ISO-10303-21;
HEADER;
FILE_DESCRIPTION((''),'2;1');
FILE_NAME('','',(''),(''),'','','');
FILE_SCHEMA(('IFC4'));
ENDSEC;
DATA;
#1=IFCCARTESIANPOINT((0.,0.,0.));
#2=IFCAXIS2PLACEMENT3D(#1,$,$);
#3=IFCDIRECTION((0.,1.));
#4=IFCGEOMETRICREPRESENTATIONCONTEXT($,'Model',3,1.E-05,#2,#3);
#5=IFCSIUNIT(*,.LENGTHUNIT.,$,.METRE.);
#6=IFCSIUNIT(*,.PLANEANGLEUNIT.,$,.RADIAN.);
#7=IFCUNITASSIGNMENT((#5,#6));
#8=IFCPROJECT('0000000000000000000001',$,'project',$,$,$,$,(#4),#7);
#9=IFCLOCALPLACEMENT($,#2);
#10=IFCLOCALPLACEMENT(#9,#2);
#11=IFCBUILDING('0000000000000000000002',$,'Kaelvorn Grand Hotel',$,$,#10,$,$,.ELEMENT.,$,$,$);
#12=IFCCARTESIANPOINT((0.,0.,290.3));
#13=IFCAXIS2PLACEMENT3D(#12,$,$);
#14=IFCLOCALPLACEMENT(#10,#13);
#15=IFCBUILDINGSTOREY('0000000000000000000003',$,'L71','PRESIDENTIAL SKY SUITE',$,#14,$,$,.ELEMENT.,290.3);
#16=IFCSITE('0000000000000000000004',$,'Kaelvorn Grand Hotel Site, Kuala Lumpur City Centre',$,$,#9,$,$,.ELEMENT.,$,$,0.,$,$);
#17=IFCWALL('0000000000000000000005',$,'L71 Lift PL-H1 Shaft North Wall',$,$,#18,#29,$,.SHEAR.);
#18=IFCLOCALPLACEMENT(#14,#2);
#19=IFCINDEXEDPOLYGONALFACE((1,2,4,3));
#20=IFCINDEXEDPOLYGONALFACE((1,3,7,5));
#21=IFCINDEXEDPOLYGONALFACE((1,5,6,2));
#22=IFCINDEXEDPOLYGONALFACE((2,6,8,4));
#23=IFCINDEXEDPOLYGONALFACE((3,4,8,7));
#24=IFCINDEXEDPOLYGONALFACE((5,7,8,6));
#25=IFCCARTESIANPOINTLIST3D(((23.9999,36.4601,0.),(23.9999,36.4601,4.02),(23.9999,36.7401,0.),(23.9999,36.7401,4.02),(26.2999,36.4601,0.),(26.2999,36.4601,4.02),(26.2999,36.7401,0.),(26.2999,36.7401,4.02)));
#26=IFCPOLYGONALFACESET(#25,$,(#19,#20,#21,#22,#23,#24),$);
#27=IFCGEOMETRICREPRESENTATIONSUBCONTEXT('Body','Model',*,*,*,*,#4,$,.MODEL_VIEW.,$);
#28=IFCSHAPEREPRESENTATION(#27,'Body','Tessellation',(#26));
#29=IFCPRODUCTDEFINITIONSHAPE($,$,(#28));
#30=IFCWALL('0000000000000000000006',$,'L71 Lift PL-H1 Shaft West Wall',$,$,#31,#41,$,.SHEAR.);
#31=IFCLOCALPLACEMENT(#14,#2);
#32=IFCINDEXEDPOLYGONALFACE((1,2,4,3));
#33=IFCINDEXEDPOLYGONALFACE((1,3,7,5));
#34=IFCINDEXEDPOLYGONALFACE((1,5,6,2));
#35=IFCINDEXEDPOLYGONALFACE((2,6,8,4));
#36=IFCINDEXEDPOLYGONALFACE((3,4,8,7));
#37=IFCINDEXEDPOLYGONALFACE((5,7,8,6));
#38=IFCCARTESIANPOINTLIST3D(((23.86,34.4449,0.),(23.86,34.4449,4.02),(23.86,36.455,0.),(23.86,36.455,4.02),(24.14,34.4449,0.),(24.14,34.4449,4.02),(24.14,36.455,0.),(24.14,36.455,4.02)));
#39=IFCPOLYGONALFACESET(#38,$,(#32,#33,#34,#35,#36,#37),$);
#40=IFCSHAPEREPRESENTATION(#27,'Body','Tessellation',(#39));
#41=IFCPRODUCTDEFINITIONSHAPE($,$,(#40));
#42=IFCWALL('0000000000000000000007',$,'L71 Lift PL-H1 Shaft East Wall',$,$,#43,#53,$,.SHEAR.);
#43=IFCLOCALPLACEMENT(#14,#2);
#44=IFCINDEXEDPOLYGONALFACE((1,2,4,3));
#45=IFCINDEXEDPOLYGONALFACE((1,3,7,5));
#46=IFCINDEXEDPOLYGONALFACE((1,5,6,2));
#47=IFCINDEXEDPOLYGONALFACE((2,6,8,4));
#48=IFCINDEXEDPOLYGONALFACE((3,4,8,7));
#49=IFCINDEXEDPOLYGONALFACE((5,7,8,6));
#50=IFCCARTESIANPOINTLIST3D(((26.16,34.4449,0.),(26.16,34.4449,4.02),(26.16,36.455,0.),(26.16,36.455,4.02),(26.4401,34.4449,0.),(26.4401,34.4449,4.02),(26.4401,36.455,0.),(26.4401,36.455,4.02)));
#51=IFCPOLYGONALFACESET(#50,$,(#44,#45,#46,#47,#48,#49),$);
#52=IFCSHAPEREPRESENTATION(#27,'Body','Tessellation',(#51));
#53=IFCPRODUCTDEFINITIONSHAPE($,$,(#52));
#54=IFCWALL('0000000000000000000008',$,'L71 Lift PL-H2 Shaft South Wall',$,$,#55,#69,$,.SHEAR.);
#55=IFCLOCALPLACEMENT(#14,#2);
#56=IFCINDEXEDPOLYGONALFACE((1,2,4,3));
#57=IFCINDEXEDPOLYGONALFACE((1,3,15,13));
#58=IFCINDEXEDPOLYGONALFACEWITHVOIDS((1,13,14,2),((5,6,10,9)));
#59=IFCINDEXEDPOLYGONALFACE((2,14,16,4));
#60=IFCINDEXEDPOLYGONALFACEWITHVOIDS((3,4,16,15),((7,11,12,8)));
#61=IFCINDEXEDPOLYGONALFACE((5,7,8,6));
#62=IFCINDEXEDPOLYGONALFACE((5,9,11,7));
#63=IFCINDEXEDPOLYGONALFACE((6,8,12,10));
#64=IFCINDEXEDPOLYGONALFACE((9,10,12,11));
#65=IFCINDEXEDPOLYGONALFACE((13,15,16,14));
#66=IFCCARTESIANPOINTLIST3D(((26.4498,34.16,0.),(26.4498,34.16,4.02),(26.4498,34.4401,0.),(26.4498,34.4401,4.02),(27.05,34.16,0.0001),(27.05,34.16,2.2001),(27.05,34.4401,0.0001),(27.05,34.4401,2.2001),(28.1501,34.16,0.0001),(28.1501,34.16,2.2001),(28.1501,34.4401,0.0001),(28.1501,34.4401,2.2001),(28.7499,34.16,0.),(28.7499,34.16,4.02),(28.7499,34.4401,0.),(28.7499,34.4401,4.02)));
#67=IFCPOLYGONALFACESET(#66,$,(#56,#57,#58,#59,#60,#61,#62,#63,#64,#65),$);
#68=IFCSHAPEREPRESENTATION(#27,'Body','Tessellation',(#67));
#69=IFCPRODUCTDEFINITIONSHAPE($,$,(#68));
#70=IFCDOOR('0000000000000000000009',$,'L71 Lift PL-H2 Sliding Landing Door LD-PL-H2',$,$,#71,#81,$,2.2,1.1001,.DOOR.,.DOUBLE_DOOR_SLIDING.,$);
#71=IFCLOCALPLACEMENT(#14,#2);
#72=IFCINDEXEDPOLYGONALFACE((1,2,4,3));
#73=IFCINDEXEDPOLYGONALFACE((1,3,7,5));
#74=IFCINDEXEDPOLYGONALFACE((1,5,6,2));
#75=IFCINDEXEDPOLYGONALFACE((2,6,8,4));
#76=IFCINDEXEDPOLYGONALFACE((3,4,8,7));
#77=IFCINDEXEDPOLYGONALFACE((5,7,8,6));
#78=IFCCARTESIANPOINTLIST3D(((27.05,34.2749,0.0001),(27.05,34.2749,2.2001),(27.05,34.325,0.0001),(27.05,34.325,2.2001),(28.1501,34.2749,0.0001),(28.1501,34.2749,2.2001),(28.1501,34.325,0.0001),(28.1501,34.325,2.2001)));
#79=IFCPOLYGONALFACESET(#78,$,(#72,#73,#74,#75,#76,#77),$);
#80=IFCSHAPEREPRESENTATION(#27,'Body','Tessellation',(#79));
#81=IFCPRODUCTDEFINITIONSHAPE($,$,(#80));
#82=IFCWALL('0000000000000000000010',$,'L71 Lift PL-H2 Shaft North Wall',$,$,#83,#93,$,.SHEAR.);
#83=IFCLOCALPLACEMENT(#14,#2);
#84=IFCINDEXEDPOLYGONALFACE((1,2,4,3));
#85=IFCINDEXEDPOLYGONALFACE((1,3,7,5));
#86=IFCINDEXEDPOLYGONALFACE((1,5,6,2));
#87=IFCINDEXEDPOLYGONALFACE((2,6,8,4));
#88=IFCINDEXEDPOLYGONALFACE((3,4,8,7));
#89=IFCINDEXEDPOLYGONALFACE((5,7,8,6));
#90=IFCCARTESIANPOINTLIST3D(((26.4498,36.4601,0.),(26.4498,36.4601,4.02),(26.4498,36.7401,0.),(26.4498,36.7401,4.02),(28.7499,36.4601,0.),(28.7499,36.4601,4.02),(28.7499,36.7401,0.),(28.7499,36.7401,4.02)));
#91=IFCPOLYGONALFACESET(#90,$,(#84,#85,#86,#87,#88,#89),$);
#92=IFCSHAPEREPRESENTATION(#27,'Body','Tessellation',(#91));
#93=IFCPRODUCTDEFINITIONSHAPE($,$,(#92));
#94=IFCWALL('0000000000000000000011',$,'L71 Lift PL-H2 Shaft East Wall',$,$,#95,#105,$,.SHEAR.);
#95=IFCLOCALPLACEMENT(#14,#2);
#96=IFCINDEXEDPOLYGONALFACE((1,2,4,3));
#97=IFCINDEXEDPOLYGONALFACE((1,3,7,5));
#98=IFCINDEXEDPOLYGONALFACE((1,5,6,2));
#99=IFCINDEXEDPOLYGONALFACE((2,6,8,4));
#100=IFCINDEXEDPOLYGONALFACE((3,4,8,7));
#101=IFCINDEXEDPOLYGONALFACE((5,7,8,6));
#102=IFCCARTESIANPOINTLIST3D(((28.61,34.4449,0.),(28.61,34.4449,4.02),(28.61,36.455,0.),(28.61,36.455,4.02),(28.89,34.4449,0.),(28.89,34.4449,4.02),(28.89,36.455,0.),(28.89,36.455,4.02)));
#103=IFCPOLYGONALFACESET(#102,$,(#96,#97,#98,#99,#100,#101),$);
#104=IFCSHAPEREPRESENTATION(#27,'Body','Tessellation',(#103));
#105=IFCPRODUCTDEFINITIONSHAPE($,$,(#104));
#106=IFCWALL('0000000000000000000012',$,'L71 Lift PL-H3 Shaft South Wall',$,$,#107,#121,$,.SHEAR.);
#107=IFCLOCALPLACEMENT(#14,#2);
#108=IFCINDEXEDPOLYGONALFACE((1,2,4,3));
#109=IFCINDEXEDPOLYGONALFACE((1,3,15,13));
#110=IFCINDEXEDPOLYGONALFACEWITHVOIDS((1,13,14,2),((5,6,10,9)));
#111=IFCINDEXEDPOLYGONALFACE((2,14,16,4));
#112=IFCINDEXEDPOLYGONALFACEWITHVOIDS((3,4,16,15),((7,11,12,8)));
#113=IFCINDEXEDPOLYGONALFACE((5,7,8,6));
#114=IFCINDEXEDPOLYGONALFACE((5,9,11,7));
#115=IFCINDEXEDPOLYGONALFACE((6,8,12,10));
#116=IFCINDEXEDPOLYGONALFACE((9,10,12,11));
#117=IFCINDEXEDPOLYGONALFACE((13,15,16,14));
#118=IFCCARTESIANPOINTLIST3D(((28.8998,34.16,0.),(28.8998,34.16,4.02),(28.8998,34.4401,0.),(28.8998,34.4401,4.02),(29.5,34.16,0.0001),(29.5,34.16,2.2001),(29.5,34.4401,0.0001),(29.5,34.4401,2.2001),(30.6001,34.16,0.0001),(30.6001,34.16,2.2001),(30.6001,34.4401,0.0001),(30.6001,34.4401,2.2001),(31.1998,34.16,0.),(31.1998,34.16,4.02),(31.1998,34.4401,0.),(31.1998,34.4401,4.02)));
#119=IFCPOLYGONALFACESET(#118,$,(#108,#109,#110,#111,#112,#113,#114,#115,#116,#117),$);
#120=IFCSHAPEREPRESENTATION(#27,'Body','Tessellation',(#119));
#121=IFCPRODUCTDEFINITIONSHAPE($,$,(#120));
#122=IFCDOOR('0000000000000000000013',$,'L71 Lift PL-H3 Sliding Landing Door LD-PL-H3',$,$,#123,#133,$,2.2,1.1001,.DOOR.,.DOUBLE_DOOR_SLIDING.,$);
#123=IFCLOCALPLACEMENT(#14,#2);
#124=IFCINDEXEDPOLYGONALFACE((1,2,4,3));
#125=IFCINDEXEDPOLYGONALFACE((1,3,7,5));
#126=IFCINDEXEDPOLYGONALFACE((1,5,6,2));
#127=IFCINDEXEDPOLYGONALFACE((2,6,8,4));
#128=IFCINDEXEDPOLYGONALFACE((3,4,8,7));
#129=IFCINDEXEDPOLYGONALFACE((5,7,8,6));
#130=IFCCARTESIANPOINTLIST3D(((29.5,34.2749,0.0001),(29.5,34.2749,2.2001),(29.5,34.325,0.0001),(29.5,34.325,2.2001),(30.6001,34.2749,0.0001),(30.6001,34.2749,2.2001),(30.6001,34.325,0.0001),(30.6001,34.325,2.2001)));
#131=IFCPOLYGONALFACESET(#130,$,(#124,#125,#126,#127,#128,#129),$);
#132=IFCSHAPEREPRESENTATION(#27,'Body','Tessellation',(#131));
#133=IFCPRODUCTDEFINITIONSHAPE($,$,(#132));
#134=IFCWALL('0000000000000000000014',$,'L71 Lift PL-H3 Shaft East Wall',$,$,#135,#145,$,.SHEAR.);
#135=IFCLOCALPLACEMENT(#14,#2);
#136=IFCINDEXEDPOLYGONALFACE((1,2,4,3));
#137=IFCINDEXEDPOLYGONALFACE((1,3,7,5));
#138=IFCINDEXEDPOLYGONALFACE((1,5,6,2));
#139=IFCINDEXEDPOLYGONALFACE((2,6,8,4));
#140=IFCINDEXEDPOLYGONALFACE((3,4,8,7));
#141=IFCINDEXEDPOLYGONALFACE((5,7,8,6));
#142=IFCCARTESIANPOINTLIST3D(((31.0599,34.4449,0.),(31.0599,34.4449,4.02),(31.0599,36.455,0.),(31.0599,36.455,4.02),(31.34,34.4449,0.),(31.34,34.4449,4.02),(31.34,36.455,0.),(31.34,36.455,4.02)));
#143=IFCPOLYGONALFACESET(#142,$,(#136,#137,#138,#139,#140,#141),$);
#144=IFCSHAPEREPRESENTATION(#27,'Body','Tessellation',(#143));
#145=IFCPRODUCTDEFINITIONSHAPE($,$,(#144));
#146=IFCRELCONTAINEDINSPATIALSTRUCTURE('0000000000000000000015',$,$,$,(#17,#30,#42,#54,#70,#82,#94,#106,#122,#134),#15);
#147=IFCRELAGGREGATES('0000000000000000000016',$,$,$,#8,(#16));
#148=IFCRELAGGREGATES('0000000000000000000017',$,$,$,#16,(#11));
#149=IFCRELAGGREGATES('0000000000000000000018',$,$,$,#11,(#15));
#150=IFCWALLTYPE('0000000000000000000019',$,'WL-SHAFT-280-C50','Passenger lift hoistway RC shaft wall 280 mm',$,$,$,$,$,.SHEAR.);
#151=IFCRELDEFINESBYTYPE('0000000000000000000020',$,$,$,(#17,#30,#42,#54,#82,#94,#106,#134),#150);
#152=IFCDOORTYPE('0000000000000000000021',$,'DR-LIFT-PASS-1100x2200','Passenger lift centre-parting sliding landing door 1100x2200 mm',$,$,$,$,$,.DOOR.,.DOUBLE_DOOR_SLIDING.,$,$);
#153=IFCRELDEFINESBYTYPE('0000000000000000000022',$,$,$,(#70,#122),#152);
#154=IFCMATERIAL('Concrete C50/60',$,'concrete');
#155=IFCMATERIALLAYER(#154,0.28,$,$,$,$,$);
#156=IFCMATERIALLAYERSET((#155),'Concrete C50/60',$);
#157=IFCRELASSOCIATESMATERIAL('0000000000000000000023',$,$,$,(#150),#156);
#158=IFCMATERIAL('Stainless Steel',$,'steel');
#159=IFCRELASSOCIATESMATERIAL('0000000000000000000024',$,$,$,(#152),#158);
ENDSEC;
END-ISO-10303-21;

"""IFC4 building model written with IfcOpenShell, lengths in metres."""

from ifc_helpers import new_model, si_unit, direction, frame, frame_2d, origin, place, context, subcontext, project, spatial, rectangle, extrude, material, layer, layer_set, type_object, element, fill, save


model = new_model("IFC4")

# Units and contexts
model_context = context("Model", 3, precision=1e-05, world=origin(), true_north=direction((0.0, 1.0)))
body_context = subcontext(model_context, "Body", "Model", "MODEL_VIEW")
ifc_project = project(units=[si_unit("LENGTHUNIT", "METRE"), si_unit("PLANEANGLEUNIT", "RADIAN")], contexts=[model_context])

# Site, building, storey
site_placement = place(None, origin())
site = spatial("IfcSite", under=ifc_project, at=site_placement, Name="Kaelvorn Grand Hotel Site, Kuala Lumpur City Centre", CompositionType="ELEMENT", RefElevation=0.0)
building_placement = place(site_placement, origin())
building = spatial("IfcBuilding", under=site, at=building_placement, Name="Kaelvorn Grand Hotel", CompositionType="ELEMENT")
storey_placement = place(building_placement, frame((0.0, 0.0, 290.3)))
storey = spatial("IfcBuildingStorey", under=building, at=storey_placement, Name="L71", Description="PRESIDENTIAL SKY SUITE", CompositionType="ELEMENT", Elevation=290.3)

# Shared definitions
ifc_material_1 = material(Name="Concrete C50/60", Category="concrete")

# Shared definitions
ifc_layer_1 = layer(ifc_material_1, 0.28)
ifc_layer_set_1 = layer_set([ifc_layer_1], Name="Concrete C50/60")
wall_type_1 = type_object("IfcWallType", Name="WL-SHAFT-280-C50", Description="Passenger lift hoistway RC shaft wall 280 mm", PredefinedType="SHEAR", material=ifc_layer_set_1)
ifc_material_2 = material(Name="Stainless Steel", Category="steel")
door_type_1 = type_object("IfcDoorType", Name="DR-LIFT-PASS-1100x2200", Description="Passenger lift centre-parting sliding landing door 1100x2200 mm", OperationType="DOUBLE_DOOR_SLIDING", PredefinedType="DOOR", material=ifc_material_2)

# Walls
wall_1_placement = place(storey_placement, frame((24.0, 36.6001, 0.0), z_axis=(0.0, 0.0, 1.0), x_axis=(1.0, 0.0, 0.0)))
element("IfcWall", 1, at=wall_1_placement, inside=storey, type_object=wall_type_1, Name="L71 Lift PL-H1 Shaft North Wall", PredefinedType="SHEAR", context=body_context, shape_type="SweptSolid", body=[
    extrude(rectangle(XDim=2.3, YDim=0.28, at=frame_2d((1.1499, 0.0))), origin(), (0.0, 0.0, 1.0), 4.02),
])
for number, where, z_axis, x_axis, name in (
    (2, (24.0, 34.4451, 0.0), (0.0, 0.0, 1.0), (0.0, 1.0, 0.0), "L71 Lift PL-H1 Shaft West Wall"),
    (3, (26.3, 34.4451, 0.0), (0.0, 0.0, 1.0), (0.0, 1.0, 0.0), "L71 Lift PL-H1 Shaft East Wall"),
):
    element("IfcWall", number, at=place(storey_placement, frame(where, z_axis=z_axis, x_axis=x_axis)), inside=storey, type_object=wall_type_1, Name=name, PredefinedType="SHEAR", context=body_context, shape_type="SweptSolid", body=[
        extrude(rectangle(XDim=2.01, YDim=0.28, at=frame_2d((1.0049, 0.0))), origin(), (0.0, 0.0, 1.0), 4.02),
    ])

# Wall, opening, door
wall_2_placement = place(storey_placement, frame((26.45, 34.3, 0.0), z_axis=(0.0, 0.0, 1.0), x_axis=(1.0, 0.0, 0.0)))
wall_2 = element("IfcWall", 4, at=wall_2_placement, inside=storey, type_object=wall_type_1, Name="L71 Lift PL-H2 Shaft South Wall", PredefinedType="SHEAR", context=body_context, shape_type="SweptSolid", body=[
    extrude(rectangle(XDim=2.3, YDim=0.28, at=frame_2d((1.1499, 0.0))), origin(), (0.0, 0.0, 1.0), 4.02),
])
opening_1_placement = place(wall_2_placement, frame((0.6001, 0.0, 0.0)))
opening_1 = element("IfcOpeningElement", 5, at=opening_1_placement, cuts=wall_2, PredefinedType="OPENING", context=body_context, shape_type="SweptSolid", body=[
    extrude(rectangle(XDim=1.1001, YDim=2.2, at=frame_2d((0.55, 1.1001))), frame((0.0, 0.1499, 0.0), z_axis=(0.0, -1.0, 0.0), x_axis=(1.0, 0.0, 0.0)), (0.0, 0.0, 1.0), 0.3),
])
door_1_placement = place(opening_1_placement, origin())
door_1 = element("IfcDoor", 6, at=door_1_placement, inside=storey, type_object=door_type_1, Name="L71 Lift PL-H2 Sliding Landing Door LD-PL-H2", OperationType="DOUBLE_DOOR_SLIDING", OverallHeight=2.2, OverallWidth=1.1001, PredefinedType="DOOR", context=body_context, shape_type="SweptSolid", body=[
    extrude(rectangle(XDim=1.1001, YDim=2.2, at=frame_2d((0.55, 1.1001))), frame((0.0, 0.0249, 0.0), z_axis=(0.0, -1.0, 0.0), x_axis=(1.0, 0.0, 0.0)), (0.0, 0.0, 1.0), 0.05),
])
fill(opening_1, door_1)

# Walls
wall_3_placement = place(storey_placement, frame((26.45, 36.6001, 0.0), z_axis=(0.0, 0.0, 1.0), x_axis=(1.0, 0.0, 0.0)))
element("IfcWall", 7, at=wall_3_placement, inside=storey, type_object=wall_type_1, Name="L71 Lift PL-H2 Shaft North Wall", PredefinedType="SHEAR", context=body_context, shape_type="SweptSolid", body=[
    extrude(rectangle(XDim=2.3, YDim=0.28, at=frame_2d((1.1499, 0.0))), origin(), (0.0, 0.0, 1.0), 4.02),
])
wall_4_placement = place(storey_placement, frame((28.75, 34.4451, 0.0), z_axis=(0.0, 0.0, 1.0), x_axis=(0.0, 1.0, 0.0)))
element("IfcWall", 8, at=wall_4_placement, inside=storey, type_object=wall_type_1, Name="L71 Lift PL-H2 Shaft East Wall", PredefinedType="SHEAR", context=body_context, shape_type="SweptSolid", body=[
    extrude(rectangle(XDim=2.01, YDim=0.28, at=frame_2d((1.0049, 0.0))), origin(), (0.0, 0.0, 1.0), 4.02),
])

# Wall, opening, door
wall_5_placement = place(storey_placement, frame((28.8999, 34.3, 0.0), z_axis=(0.0, 0.0, 1.0), x_axis=(1.0, 0.0, 0.0)))
wall_5 = element("IfcWall", 9, at=wall_5_placement, inside=storey, type_object=wall_type_1, Name="L71 Lift PL-H3 Shaft South Wall", PredefinedType="SHEAR", context=body_context, shape_type="SweptSolid", body=[
    extrude(rectangle(XDim=2.3, YDim=0.28, at=frame_2d((1.1499, 0.0))), origin(), (0.0, 0.0, 1.0), 4.02),
])
opening_2_placement = place(wall_5_placement, frame((0.6001, 0.0, 0.0)))
opening_2 = element("IfcOpeningElement", 10, at=opening_2_placement, cuts=wall_5, PredefinedType="OPENING", context=body_context, shape_type="SweptSolid", body=[
    extrude(rectangle(XDim=1.1001, YDim=2.2, at=frame_2d((0.55, 1.1001))), frame((0.0, 0.1499, 0.0), z_axis=(0.0, -1.0, 0.0), x_axis=(1.0, 0.0, 0.0)), (0.0, 0.0, 1.0), 0.3),
])
door_2_placement = place(opening_2_placement, origin())
door_2 = element("IfcDoor", 11, at=door_2_placement, inside=storey, type_object=door_type_1, Name="L71 Lift PL-H3 Sliding Landing Door LD-PL-H3", OperationType="DOUBLE_DOOR_SLIDING", OverallHeight=2.2, OverallWidth=1.1001, PredefinedType="DOOR", context=body_context, shape_type="SweptSolid", body=[
    extrude(rectangle(XDim=1.1001, YDim=2.2, at=frame_2d((0.55, 1.1001))), frame((0.0, 0.0249, 0.0), z_axis=(0.0, -1.0, 0.0), x_axis=(1.0, 0.0, 0.0)), (0.0, 0.0, 1.0), 0.05),
])
fill(opening_2, door_2)

# Wall
wall_6_placement = place(storey_placement, frame((31.2, 34.4451, 0.0), z_axis=(0.0, 0.0, 1.0), x_axis=(0.0, 1.0, 0.0)))
element("IfcWall", 12, at=wall_6_placement, inside=storey, type_object=wall_type_1, Name="L71 Lift PL-H3 Shaft East Wall", PredefinedType="SHEAR", context=body_context, shape_type="SweptSolid", body=[
    extrude(rectangle(XDim=2.01, YDim=0.28, at=frame_2d((1.0049, 0.0))), origin(), (0.0, 0.0, 1.0), 4.02),
])

save(model, "model.ifc")
